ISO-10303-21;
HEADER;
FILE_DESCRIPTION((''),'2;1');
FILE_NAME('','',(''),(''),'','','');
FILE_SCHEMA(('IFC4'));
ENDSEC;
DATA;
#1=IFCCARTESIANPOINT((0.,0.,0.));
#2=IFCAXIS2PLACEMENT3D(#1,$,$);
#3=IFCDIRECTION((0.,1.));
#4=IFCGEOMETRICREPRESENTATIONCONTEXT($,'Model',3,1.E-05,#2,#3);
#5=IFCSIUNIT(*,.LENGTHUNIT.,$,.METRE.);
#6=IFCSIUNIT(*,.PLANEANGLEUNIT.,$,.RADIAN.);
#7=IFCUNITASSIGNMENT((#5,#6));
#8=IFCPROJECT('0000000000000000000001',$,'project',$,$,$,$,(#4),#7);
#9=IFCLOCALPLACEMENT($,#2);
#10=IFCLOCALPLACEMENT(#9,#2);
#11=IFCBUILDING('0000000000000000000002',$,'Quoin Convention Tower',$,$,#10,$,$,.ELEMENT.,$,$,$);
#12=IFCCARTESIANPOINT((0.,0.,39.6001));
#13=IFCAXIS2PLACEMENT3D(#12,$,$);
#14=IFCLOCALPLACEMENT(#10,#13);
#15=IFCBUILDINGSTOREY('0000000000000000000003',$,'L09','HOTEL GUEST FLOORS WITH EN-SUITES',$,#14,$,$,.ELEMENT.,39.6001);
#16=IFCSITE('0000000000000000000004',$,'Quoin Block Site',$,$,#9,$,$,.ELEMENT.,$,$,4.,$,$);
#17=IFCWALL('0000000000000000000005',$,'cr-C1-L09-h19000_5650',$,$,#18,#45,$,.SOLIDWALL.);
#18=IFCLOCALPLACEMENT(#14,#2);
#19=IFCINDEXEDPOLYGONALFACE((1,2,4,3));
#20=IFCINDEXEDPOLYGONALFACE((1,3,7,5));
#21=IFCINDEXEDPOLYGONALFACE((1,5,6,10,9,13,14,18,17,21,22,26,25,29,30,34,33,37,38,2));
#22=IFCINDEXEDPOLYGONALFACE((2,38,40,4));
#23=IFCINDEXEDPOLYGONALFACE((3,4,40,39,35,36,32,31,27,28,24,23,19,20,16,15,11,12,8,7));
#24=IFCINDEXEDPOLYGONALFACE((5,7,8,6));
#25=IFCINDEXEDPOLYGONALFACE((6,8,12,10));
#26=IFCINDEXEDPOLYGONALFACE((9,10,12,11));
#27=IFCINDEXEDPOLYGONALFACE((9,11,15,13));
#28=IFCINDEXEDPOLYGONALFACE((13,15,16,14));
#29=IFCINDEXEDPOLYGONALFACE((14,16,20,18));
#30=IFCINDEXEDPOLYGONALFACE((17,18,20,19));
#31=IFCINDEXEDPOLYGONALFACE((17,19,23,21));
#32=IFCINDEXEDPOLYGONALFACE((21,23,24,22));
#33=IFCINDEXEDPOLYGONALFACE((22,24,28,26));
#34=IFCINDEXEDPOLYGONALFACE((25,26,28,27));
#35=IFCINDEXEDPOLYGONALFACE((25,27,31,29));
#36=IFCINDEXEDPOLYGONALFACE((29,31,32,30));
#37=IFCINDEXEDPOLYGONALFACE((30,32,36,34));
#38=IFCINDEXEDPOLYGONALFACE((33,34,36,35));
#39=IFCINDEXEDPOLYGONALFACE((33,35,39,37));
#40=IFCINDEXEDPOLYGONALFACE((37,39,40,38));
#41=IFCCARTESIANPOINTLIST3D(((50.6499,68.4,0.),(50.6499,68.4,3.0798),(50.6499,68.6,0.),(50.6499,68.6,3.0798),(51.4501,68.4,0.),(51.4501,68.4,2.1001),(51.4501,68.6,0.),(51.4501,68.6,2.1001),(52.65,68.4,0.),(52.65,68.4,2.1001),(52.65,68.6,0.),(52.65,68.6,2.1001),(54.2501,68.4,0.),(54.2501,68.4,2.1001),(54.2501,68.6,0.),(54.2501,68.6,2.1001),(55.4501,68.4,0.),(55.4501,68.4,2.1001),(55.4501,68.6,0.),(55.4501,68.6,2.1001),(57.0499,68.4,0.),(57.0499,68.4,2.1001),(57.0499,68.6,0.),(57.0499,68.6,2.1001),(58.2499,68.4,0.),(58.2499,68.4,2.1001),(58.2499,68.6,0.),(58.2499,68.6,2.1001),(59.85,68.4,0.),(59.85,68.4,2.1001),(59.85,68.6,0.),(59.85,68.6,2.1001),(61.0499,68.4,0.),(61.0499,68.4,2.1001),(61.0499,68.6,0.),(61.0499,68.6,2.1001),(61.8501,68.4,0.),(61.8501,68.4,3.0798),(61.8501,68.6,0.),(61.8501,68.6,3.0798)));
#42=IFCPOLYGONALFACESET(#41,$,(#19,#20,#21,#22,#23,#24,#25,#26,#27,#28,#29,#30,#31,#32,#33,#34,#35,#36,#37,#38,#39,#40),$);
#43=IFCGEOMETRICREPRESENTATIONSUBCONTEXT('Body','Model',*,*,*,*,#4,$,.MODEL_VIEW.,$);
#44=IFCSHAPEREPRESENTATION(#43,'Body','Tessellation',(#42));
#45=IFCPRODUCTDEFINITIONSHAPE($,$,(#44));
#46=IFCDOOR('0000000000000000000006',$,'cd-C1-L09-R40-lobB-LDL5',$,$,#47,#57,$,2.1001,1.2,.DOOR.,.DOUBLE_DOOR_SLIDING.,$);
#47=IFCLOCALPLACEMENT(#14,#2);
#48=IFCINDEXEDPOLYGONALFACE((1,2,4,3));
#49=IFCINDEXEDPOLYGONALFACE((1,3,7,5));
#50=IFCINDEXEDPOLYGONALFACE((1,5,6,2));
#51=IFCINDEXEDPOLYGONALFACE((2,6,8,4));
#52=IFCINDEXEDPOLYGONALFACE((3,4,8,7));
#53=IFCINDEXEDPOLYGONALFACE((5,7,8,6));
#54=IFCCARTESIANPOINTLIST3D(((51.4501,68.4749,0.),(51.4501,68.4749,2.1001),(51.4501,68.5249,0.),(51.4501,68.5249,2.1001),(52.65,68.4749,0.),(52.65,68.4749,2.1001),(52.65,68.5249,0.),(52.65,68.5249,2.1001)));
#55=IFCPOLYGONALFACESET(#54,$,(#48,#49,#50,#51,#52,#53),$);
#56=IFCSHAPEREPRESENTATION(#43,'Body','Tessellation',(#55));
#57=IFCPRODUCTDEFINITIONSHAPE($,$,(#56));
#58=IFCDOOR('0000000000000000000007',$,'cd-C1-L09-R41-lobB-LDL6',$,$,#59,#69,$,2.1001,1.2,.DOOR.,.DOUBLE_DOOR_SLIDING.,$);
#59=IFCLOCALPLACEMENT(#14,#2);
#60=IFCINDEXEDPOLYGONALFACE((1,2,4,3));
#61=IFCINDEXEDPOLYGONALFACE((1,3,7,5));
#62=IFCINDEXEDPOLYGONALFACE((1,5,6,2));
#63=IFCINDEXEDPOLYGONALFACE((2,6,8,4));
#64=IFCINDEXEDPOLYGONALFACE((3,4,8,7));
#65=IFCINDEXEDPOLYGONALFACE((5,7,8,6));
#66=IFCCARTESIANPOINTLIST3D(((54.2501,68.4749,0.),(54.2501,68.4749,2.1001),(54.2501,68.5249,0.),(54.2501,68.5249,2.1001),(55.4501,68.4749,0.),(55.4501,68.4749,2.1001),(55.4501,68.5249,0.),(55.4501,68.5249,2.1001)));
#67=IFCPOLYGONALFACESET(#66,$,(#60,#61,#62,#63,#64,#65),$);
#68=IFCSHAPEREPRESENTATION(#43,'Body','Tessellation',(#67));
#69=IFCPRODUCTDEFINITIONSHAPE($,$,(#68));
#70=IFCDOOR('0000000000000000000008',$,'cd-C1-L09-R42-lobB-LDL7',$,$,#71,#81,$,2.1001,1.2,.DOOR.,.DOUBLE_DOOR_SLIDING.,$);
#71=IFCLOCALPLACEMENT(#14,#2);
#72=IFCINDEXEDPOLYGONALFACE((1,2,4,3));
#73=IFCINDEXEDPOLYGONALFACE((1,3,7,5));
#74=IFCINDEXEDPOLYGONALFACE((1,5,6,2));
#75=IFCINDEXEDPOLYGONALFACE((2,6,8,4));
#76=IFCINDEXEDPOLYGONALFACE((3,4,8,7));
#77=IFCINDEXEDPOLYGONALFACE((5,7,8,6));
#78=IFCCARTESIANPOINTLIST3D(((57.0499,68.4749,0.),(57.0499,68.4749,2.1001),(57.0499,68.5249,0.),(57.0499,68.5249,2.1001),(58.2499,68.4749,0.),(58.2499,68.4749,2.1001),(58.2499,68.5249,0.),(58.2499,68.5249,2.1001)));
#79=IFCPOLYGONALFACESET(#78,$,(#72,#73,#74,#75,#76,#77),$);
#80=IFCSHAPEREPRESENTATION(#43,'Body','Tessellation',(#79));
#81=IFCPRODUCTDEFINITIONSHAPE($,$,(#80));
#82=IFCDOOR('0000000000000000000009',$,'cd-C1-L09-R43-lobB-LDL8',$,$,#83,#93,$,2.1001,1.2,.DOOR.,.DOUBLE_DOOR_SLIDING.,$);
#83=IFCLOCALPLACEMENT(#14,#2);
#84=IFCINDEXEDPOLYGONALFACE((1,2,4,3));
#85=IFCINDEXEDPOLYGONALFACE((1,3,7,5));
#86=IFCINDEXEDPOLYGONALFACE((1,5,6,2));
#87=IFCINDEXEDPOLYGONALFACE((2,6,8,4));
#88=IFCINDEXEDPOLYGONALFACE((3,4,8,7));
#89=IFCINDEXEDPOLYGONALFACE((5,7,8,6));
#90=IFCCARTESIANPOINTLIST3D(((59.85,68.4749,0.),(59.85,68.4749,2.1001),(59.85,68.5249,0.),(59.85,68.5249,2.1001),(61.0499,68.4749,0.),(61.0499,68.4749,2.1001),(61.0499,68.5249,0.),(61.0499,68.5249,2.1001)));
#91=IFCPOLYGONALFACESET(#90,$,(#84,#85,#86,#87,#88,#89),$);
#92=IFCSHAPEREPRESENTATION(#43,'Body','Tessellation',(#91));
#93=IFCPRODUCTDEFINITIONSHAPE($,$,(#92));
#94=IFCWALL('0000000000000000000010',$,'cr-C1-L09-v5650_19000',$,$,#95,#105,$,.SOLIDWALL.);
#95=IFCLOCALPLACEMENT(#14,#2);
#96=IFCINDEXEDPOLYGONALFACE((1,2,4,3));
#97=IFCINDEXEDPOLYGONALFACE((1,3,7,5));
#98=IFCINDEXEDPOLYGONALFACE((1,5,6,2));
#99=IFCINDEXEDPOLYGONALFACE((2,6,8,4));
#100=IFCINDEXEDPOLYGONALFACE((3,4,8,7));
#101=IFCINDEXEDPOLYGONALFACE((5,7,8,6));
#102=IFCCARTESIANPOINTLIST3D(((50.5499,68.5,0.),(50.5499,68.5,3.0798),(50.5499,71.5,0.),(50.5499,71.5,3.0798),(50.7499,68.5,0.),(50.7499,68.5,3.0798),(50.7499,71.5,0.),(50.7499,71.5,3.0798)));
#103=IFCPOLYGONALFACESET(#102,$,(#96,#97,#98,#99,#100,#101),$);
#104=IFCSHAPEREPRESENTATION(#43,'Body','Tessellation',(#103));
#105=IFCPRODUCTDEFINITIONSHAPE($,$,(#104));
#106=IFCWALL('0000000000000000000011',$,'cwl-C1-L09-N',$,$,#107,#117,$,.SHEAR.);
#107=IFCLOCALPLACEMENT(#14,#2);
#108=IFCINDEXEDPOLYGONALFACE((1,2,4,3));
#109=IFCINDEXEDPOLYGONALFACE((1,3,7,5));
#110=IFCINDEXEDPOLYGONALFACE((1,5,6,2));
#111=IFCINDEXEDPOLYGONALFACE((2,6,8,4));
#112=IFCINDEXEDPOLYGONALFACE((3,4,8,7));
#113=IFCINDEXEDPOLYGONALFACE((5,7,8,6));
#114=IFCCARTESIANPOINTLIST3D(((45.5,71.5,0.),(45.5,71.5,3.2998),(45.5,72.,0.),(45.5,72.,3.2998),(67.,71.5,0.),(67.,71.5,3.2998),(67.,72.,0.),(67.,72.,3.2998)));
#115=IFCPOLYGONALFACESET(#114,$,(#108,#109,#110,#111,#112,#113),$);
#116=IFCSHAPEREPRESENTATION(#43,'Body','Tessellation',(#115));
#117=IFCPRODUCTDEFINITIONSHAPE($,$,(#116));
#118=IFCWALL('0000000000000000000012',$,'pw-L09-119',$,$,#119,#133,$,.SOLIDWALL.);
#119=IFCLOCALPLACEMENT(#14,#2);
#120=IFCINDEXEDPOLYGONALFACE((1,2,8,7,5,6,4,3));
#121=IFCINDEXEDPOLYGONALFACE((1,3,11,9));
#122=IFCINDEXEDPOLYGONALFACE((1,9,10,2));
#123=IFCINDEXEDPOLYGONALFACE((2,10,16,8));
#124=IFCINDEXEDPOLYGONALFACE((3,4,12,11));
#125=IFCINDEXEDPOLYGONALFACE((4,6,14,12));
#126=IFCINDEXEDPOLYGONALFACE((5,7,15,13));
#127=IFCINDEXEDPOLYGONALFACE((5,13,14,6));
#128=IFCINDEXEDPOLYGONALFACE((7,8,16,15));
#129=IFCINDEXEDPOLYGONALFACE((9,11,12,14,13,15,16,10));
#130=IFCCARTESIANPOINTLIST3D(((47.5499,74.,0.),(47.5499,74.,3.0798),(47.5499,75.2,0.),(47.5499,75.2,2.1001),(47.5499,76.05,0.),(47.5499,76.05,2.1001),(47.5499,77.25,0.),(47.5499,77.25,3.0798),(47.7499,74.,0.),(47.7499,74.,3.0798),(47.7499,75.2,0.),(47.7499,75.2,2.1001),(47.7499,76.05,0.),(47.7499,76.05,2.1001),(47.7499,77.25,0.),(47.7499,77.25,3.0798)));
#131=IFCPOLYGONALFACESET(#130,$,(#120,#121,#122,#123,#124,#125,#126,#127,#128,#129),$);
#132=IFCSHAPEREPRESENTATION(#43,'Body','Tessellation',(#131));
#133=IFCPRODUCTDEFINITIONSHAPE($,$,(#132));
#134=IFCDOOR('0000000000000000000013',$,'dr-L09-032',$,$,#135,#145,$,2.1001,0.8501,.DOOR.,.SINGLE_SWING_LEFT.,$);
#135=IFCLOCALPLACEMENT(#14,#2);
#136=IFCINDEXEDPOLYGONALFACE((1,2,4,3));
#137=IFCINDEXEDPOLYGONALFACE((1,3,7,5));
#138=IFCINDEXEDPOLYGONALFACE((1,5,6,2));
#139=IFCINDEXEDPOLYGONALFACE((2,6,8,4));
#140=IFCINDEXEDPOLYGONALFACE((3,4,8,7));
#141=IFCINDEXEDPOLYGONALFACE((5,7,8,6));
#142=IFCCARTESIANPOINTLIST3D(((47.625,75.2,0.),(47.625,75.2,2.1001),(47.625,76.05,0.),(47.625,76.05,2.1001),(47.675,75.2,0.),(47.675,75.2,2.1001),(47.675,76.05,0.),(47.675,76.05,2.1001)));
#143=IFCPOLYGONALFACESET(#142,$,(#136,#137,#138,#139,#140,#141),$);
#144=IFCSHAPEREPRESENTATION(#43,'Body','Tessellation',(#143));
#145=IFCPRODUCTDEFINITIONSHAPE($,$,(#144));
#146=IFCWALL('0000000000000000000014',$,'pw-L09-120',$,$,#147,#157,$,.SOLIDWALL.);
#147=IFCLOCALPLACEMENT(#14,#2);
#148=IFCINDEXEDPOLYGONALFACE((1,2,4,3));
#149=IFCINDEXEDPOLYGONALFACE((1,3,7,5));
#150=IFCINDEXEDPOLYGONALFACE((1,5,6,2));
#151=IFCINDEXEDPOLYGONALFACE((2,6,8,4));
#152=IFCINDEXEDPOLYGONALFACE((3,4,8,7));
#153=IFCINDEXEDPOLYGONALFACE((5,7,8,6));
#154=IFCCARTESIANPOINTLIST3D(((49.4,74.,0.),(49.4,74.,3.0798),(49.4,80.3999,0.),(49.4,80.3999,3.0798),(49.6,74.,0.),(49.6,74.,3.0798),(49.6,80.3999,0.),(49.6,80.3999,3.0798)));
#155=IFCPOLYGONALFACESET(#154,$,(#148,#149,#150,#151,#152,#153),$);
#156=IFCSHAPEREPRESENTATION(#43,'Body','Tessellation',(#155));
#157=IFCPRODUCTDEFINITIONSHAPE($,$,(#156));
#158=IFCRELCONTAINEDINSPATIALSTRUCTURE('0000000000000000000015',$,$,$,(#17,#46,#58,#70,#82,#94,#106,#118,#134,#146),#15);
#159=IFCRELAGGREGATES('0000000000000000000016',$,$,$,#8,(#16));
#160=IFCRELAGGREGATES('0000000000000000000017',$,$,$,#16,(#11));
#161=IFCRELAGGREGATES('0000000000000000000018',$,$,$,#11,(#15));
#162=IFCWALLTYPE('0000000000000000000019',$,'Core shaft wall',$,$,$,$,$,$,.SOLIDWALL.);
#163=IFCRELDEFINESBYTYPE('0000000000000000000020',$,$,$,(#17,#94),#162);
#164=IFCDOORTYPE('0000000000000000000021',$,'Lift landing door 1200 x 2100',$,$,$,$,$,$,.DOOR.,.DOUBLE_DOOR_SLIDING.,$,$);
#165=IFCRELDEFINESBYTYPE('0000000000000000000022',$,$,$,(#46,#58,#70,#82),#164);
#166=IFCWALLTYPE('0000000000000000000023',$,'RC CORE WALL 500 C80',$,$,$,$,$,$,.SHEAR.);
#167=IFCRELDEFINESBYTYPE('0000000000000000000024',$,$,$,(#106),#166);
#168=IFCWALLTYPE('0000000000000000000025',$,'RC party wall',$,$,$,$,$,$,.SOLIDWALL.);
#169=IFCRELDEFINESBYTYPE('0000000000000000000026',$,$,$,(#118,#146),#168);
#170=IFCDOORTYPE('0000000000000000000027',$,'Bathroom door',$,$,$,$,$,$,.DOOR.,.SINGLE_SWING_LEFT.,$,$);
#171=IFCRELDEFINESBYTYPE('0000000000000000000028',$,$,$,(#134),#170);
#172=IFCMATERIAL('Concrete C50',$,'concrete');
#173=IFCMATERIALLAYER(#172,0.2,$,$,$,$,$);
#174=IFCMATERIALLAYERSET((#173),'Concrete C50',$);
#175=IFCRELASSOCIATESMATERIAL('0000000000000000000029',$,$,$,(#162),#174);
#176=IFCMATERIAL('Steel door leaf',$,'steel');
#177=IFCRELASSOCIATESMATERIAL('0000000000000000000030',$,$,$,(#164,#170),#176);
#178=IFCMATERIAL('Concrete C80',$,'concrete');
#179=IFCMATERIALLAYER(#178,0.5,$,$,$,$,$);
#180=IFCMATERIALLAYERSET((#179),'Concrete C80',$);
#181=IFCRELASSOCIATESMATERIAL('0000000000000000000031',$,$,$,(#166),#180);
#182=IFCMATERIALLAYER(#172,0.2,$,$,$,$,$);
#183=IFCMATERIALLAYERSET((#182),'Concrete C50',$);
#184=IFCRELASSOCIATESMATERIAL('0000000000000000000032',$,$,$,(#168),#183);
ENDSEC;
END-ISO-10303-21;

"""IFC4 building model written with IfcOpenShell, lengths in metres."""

from ifc_helpers import new_model, si_unit, direction, frame, frame_2d, origin, place, context, subcontext, project, spatial, rectangle, extrude, material, layer, layer_set, type_object, element, fill, save


model = new_model("IFC4")

# Units and contexts
model_context = context("Model", 3, precision=1e-05, world=origin(), true_north=direction((0.0, 1.0)))
body_context = subcontext(model_context, "Body", "Model", "MODEL_VIEW")
ifc_project = project(units=[si_unit("LENGTHUNIT", "METRE"), si_unit("PLANEANGLEUNIT", "RADIAN")], contexts=[model_context])

# Site, building, storey
site_placement = place(None, origin())
site = spatial("IfcSite", under=ifc_project, at=site_placement, Name="Quoin Block Site", CompositionType="ELEMENT", RefElevation=4.0)
building_placement = place(site_placement, origin())
building = spatial("IfcBuilding", under=site, at=building_placement, Name="Quoin Convention Tower", CompositionType="ELEMENT")
storey_placement = place(building_placement, frame((0.0, 0.0, 39.6001)))
storey = spatial("IfcBuildingStorey", under=building, at=storey_placement, Name="L09", Description="HOTEL GUEST FLOORS WITH EN-SUITES", CompositionType="ELEMENT", Elevation=39.6001)

# Shared definitions
ifc_material_1 = material(Name="Concrete C80", Category="concrete")

# Shared definitions
ifc_material_2 = material(Name="Steel door leaf", Category="steel")

# Shared definitions
ifc_material_3 = material(Name="Concrete C50", Category="concrete")
ifc_layer_1 = layer(ifc_material_3, 0.2)
ifc_layer_set_1 = layer_set([ifc_layer_1], Name="Concrete C50")
wall_type_1 = type_object("IfcWallType", Name="Core shaft wall", PredefinedType="SOLIDWALL", material=ifc_layer_set_1)

# Wall, openings, doors
wall_1_placement = place(storey_placement, frame((50.6499, 68.5, 0.0), z_axis=(0.0, 0.0, 1.0), x_axis=(1.0, 0.0, 0.0)))
wall_1 = element("IfcWall", 1, at=wall_1_placement, inside=storey, type_object=wall_type_1, Name="cr-C1-L09-h19000_5650", PredefinedType="SOLIDWALL", context=body_context, shape_type="SweptSolid", body=[
    extrude(rectangle(XDim=11.2002, YDim=0.2, at=frame_2d((5.6001, 0.0))), origin(), (0.0, 0.0, 1.0), 3.0798),
])
opening_1_placement = place(wall_1_placement, frame((0.8, 0.0, 0.0)))
opening_1 = element("IfcOpeningElement", 2, at=opening_1_placement, cuts=wall_1, PredefinedType="OPENING", context=body_context, shape_type="SweptSolid", body=[
    extrude(rectangle(XDim=1.2, YDim=2.1001, at=frame_2d((0.6001, 1.05))), frame((0.0, 0.1099, 0.0), z_axis=(0.0, -1.0, 0.0), x_axis=(1.0, 0.0, 0.0)), (0.0, 0.0, 1.0), 0.22),
])
opening_2_placement = place(wall_1_placement, frame((3.6001, 0.0, 0.0)))
opening_2 = element("IfcOpeningElement", 3, at=opening_2_placement, cuts=wall_1, PredefinedType="OPENING", context=body_context, shape_type="SweptSolid", body=[
    extrude(rectangle(XDim=1.2, YDim=2.1001, at=frame_2d((0.6001, 1.05))), frame((0.0, 0.1099, 0.0), z_axis=(0.0, -1.0, 0.0), x_axis=(1.0, 0.0, 0.0)), (0.0, 0.0, 1.0), 0.22),
])
opening_3_placement = place(wall_1_placement, frame((6.3999, 0.0, 0.0)))
opening_3 = element("IfcOpeningElement", 4, at=opening_3_placement, cuts=wall_1, PredefinedType="OPENING", context=body_context, shape_type="SweptSolid", body=[
    extrude(rectangle(XDim=1.2, YDim=2.1001, at=frame_2d((0.6001, 1.05))), frame((0.0, 0.1099, 0.0), z_axis=(0.0, -1.0, 0.0), x_axis=(1.0, 0.0, 0.0)), (0.0, 0.0, 1.0), 0.22),
])
opening_4_placement = place(wall_1_placement, frame((9.2, 0.0, 0.0)))
opening_4 = element("IfcOpeningElement", 5, at=opening_4_placement, cuts=wall_1, PredefinedType="OPENING", context=body_context, shape_type="SweptSolid", body=[
    extrude(rectangle(XDim=1.2, YDim=2.1001, at=frame_2d((0.6001, 1.05))), frame((0.0, 0.1099, 0.0), z_axis=(0.0, -1.0, 0.0), x_axis=(1.0, 0.0, 0.0)), (0.0, 0.0, 1.0), 0.22),
])
door_type_1 = type_object("IfcDoorType", Name="Lift landing door 1200 x 2100", OperationType="DOUBLE_DOOR_SLIDING", PredefinedType="DOOR", material=ifc_material_2)
door_1_placement = place(opening_1_placement, origin())
door_1 = element("IfcDoor", 6, at=door_1_placement, inside=storey, type_object=door_type_1, Name="cd-C1-L09-R40-lobB-LDL5", OperationType="DOUBLE_DOOR_SLIDING", OverallHeight=2.1001, OverallWidth=1.2, PredefinedType="DOOR", context=body_context, shape_type="SweptSolid", body=[
    extrude(rectangle(XDim=1.2, YDim=2.1001, at=frame_2d((0.6001, 1.05))), frame((0.0, 0.0249, 0.0), z_axis=(0.0, -1.0, 0.0), x_axis=(1.0, 0.0, 0.0)), (0.0, 0.0, 1.0), 0.05),
])
fill(opening_1, door_1)
door_2_placement = place(opening_2_placement, origin())
door_2 = element("IfcDoor", 7, at=door_2_placement, inside=storey, type_object=door_type_1, Name="cd-C1-L09-R41-lobB-LDL6", OperationType="DOUBLE_DOOR_SLIDING", OverallHeight=2.1001, OverallWidth=1.2, PredefinedType="DOOR", context=body_context, shape_type="SweptSolid", body=[
    extrude(rectangle(XDim=1.2, YDim=2.1001, at=frame_2d((0.6001, 1.05))), frame((0.0, 0.0249, 0.0), z_axis=(0.0, -1.0, 0.0), x_axis=(1.0, 0.0, 0.0)), (0.0, 0.0, 1.0), 0.05),
])
fill(opening_2, door_2)
door_3_placement = place(opening_3_placement, origin())
door_3 = element("IfcDoor", 8, at=door_3_placement, inside=storey, type_object=door_type_1, Name="cd-C1-L09-R42-lobB-LDL7", OperationType="DOUBLE_DOOR_SLIDING", OverallHeight=2.1001, OverallWidth=1.2, PredefinedType="DOOR", context=body_context, shape_type="SweptSolid", body=[
    extrude(rectangle(XDim=1.2, YDim=2.1001, at=frame_2d((0.6001, 1.05))), frame((0.0, 0.0249, 0.0), z_axis=(0.0, -1.0, 0.0), x_axis=(1.0, 0.0, 0.0)), (0.0, 0.0, 1.0), 0.05),
])
fill(opening_3, door_3)
door_4_placement = place(opening_4_placement, origin())
door_4 = element("IfcDoor", 9, at=door_4_placement, inside=storey, type_object=door_type_1, Name="cd-C1-L09-R43-lobB-LDL8", OperationType="DOUBLE_DOOR_SLIDING", OverallHeight=2.1001, OverallWidth=1.2, PredefinedType="DOOR", context=body_context, shape_type="SweptSolid", body=[
    extrude(rectangle(XDim=1.2, YDim=2.1001, at=frame_2d((0.6001, 1.05))), frame((0.0, 0.0249, 0.0), z_axis=(0.0, -1.0, 0.0), x_axis=(1.0, 0.0, 0.0)), (0.0, 0.0, 1.0), 0.05),
])
fill(opening_4, door_4)

# Walls
wall_2_placement = place(storey_placement, frame((50.6499, 68.5, 0.0), z_axis=(0.0, 0.0, 1.0), x_axis=(0.0, 1.0, 0.0)))
element("IfcWall", 10, at=wall_2_placement, inside=storey, type_object=wall_type_1, Name="cr-C1-L09-v5650_19000", PredefinedType="SOLIDWALL", context=body_context, shape_type="SweptSolid", body=[
    extrude(rectangle(XDim=3.0, YDim=0.2, at=frame_2d((1.5, 0.0))), origin(), (0.0, 0.0, 1.0), 3.0798),
])
ifc_layer_2 = layer(ifc_material_1, 0.5)
ifc_layer_set_2 = layer_set([ifc_layer_2], Name="Concrete C80")
wall_type_2 = type_object("IfcWallType", Name="RC CORE WALL 500 C80", PredefinedType="SHEAR", material=ifc_layer_set_2)
wall_3_placement = place(storey_placement, frame((45.5, 71.75, 0.0), z_axis=(0.0, 0.0, 1.0), x_axis=(1.0, 0.0, 0.0)))
element("IfcWall", 11, at=wall_3_placement, inside=storey, type_object=wall_type_2, Name="cwl-C1-L09-N", PredefinedType="SHEAR", context=body_context, shape_type="SweptSolid", body=[
    extrude(rectangle(XDim=21.5, YDim=0.5, at=frame_2d((10.75, 0.0))), origin(), (0.0, 0.0, 1.0), 3.2998),
])

# Wall, opening, door
ifc_layer_3 = layer(ifc_material_3, 0.2)
ifc_layer_set_3 = layer_set([ifc_layer_3], Name="Concrete C50")
wall_type_3 = type_object("IfcWallType", Name="RC party wall", PredefinedType="SOLIDWALL", material=ifc_layer_set_3)
wall_4_placement = place(storey_placement, frame((47.6499, 74.0, 0.0), z_axis=(0.0, 0.0, 1.0), x_axis=(0.0, 1.0, 0.0)))
wall_4 = element("IfcWall", 12, at=wall_4_placement, inside=storey, type_object=wall_type_3, Name="pw-L09-119", PredefinedType="SOLIDWALL", context=body_context, shape_type="SweptSolid", body=[
    extrude(rectangle(XDim=3.25, YDim=0.2, at=frame_2d((1.625, 0.0))), origin(), (0.0, 0.0, 1.0), 3.0798),
])
opening_5_placement = place(wall_4_placement, frame((1.2, 0.0, 0.0)))
opening_5 = element("IfcOpeningElement", 13, at=opening_5_placement, cuts=wall_4, PredefinedType="OPENING", context=body_context, shape_type="SweptSolid", body=[
    extrude(rectangle(XDim=0.8501, YDim=2.1001, at=frame_2d((0.425, 1.05))), frame((0.0, 0.1099, 0.0), z_axis=(0.0, -1.0, 0.0), x_axis=(1.0, 0.0, 0.0)), (0.0, 0.0, 1.0), 0.22),
])
door_type_2 = type_object("IfcDoorType", Name="Bathroom door", OperationType="SINGLE_SWING_LEFT", PredefinedType="DOOR", material=ifc_material_2)
door_5_placement = place(opening_5_placement, origin())
door_5 = element("IfcDoor", 14, at=door_5_placement, inside=storey, type_object=door_type_2, Name="dr-L09-032", OperationType="SINGLE_SWING_LEFT", OverallHeight=2.1001, OverallWidth=0.8501, PredefinedType="DOOR", context=body_context, shape_type="SweptSolid", body=[
    extrude(rectangle(XDim=0.8501, YDim=2.1001, at=frame_2d((0.425, 1.05))), frame((0.0, 0.0249, 0.0), z_axis=(0.0, -1.0, 0.0), x_axis=(1.0, 0.0, 0.0)), (0.0, 0.0, 1.0), 0.05),
])
fill(opening_5, door_5)

# Wall
wall_5_placement = place(storey_placement, frame((49.5, 74.0, 0.0), z_axis=(0.0, 0.0, 1.0), x_axis=(0.0, 1.0, 0.0)))
element("IfcWall", 15, at=wall_5_placement, inside=storey, type_object=wall_type_3, Name="pw-L09-120", PredefinedType="SOLIDWALL", context=body_context, shape_type="SweptSolid", body=[
    extrude(rectangle(XDim=6.3999, YDim=0.2, at=frame_2d((3.2, 0.0))), origin(), (0.0, 0.0, 1.0), 3.0798),
])

save(model, "model.ifc")
